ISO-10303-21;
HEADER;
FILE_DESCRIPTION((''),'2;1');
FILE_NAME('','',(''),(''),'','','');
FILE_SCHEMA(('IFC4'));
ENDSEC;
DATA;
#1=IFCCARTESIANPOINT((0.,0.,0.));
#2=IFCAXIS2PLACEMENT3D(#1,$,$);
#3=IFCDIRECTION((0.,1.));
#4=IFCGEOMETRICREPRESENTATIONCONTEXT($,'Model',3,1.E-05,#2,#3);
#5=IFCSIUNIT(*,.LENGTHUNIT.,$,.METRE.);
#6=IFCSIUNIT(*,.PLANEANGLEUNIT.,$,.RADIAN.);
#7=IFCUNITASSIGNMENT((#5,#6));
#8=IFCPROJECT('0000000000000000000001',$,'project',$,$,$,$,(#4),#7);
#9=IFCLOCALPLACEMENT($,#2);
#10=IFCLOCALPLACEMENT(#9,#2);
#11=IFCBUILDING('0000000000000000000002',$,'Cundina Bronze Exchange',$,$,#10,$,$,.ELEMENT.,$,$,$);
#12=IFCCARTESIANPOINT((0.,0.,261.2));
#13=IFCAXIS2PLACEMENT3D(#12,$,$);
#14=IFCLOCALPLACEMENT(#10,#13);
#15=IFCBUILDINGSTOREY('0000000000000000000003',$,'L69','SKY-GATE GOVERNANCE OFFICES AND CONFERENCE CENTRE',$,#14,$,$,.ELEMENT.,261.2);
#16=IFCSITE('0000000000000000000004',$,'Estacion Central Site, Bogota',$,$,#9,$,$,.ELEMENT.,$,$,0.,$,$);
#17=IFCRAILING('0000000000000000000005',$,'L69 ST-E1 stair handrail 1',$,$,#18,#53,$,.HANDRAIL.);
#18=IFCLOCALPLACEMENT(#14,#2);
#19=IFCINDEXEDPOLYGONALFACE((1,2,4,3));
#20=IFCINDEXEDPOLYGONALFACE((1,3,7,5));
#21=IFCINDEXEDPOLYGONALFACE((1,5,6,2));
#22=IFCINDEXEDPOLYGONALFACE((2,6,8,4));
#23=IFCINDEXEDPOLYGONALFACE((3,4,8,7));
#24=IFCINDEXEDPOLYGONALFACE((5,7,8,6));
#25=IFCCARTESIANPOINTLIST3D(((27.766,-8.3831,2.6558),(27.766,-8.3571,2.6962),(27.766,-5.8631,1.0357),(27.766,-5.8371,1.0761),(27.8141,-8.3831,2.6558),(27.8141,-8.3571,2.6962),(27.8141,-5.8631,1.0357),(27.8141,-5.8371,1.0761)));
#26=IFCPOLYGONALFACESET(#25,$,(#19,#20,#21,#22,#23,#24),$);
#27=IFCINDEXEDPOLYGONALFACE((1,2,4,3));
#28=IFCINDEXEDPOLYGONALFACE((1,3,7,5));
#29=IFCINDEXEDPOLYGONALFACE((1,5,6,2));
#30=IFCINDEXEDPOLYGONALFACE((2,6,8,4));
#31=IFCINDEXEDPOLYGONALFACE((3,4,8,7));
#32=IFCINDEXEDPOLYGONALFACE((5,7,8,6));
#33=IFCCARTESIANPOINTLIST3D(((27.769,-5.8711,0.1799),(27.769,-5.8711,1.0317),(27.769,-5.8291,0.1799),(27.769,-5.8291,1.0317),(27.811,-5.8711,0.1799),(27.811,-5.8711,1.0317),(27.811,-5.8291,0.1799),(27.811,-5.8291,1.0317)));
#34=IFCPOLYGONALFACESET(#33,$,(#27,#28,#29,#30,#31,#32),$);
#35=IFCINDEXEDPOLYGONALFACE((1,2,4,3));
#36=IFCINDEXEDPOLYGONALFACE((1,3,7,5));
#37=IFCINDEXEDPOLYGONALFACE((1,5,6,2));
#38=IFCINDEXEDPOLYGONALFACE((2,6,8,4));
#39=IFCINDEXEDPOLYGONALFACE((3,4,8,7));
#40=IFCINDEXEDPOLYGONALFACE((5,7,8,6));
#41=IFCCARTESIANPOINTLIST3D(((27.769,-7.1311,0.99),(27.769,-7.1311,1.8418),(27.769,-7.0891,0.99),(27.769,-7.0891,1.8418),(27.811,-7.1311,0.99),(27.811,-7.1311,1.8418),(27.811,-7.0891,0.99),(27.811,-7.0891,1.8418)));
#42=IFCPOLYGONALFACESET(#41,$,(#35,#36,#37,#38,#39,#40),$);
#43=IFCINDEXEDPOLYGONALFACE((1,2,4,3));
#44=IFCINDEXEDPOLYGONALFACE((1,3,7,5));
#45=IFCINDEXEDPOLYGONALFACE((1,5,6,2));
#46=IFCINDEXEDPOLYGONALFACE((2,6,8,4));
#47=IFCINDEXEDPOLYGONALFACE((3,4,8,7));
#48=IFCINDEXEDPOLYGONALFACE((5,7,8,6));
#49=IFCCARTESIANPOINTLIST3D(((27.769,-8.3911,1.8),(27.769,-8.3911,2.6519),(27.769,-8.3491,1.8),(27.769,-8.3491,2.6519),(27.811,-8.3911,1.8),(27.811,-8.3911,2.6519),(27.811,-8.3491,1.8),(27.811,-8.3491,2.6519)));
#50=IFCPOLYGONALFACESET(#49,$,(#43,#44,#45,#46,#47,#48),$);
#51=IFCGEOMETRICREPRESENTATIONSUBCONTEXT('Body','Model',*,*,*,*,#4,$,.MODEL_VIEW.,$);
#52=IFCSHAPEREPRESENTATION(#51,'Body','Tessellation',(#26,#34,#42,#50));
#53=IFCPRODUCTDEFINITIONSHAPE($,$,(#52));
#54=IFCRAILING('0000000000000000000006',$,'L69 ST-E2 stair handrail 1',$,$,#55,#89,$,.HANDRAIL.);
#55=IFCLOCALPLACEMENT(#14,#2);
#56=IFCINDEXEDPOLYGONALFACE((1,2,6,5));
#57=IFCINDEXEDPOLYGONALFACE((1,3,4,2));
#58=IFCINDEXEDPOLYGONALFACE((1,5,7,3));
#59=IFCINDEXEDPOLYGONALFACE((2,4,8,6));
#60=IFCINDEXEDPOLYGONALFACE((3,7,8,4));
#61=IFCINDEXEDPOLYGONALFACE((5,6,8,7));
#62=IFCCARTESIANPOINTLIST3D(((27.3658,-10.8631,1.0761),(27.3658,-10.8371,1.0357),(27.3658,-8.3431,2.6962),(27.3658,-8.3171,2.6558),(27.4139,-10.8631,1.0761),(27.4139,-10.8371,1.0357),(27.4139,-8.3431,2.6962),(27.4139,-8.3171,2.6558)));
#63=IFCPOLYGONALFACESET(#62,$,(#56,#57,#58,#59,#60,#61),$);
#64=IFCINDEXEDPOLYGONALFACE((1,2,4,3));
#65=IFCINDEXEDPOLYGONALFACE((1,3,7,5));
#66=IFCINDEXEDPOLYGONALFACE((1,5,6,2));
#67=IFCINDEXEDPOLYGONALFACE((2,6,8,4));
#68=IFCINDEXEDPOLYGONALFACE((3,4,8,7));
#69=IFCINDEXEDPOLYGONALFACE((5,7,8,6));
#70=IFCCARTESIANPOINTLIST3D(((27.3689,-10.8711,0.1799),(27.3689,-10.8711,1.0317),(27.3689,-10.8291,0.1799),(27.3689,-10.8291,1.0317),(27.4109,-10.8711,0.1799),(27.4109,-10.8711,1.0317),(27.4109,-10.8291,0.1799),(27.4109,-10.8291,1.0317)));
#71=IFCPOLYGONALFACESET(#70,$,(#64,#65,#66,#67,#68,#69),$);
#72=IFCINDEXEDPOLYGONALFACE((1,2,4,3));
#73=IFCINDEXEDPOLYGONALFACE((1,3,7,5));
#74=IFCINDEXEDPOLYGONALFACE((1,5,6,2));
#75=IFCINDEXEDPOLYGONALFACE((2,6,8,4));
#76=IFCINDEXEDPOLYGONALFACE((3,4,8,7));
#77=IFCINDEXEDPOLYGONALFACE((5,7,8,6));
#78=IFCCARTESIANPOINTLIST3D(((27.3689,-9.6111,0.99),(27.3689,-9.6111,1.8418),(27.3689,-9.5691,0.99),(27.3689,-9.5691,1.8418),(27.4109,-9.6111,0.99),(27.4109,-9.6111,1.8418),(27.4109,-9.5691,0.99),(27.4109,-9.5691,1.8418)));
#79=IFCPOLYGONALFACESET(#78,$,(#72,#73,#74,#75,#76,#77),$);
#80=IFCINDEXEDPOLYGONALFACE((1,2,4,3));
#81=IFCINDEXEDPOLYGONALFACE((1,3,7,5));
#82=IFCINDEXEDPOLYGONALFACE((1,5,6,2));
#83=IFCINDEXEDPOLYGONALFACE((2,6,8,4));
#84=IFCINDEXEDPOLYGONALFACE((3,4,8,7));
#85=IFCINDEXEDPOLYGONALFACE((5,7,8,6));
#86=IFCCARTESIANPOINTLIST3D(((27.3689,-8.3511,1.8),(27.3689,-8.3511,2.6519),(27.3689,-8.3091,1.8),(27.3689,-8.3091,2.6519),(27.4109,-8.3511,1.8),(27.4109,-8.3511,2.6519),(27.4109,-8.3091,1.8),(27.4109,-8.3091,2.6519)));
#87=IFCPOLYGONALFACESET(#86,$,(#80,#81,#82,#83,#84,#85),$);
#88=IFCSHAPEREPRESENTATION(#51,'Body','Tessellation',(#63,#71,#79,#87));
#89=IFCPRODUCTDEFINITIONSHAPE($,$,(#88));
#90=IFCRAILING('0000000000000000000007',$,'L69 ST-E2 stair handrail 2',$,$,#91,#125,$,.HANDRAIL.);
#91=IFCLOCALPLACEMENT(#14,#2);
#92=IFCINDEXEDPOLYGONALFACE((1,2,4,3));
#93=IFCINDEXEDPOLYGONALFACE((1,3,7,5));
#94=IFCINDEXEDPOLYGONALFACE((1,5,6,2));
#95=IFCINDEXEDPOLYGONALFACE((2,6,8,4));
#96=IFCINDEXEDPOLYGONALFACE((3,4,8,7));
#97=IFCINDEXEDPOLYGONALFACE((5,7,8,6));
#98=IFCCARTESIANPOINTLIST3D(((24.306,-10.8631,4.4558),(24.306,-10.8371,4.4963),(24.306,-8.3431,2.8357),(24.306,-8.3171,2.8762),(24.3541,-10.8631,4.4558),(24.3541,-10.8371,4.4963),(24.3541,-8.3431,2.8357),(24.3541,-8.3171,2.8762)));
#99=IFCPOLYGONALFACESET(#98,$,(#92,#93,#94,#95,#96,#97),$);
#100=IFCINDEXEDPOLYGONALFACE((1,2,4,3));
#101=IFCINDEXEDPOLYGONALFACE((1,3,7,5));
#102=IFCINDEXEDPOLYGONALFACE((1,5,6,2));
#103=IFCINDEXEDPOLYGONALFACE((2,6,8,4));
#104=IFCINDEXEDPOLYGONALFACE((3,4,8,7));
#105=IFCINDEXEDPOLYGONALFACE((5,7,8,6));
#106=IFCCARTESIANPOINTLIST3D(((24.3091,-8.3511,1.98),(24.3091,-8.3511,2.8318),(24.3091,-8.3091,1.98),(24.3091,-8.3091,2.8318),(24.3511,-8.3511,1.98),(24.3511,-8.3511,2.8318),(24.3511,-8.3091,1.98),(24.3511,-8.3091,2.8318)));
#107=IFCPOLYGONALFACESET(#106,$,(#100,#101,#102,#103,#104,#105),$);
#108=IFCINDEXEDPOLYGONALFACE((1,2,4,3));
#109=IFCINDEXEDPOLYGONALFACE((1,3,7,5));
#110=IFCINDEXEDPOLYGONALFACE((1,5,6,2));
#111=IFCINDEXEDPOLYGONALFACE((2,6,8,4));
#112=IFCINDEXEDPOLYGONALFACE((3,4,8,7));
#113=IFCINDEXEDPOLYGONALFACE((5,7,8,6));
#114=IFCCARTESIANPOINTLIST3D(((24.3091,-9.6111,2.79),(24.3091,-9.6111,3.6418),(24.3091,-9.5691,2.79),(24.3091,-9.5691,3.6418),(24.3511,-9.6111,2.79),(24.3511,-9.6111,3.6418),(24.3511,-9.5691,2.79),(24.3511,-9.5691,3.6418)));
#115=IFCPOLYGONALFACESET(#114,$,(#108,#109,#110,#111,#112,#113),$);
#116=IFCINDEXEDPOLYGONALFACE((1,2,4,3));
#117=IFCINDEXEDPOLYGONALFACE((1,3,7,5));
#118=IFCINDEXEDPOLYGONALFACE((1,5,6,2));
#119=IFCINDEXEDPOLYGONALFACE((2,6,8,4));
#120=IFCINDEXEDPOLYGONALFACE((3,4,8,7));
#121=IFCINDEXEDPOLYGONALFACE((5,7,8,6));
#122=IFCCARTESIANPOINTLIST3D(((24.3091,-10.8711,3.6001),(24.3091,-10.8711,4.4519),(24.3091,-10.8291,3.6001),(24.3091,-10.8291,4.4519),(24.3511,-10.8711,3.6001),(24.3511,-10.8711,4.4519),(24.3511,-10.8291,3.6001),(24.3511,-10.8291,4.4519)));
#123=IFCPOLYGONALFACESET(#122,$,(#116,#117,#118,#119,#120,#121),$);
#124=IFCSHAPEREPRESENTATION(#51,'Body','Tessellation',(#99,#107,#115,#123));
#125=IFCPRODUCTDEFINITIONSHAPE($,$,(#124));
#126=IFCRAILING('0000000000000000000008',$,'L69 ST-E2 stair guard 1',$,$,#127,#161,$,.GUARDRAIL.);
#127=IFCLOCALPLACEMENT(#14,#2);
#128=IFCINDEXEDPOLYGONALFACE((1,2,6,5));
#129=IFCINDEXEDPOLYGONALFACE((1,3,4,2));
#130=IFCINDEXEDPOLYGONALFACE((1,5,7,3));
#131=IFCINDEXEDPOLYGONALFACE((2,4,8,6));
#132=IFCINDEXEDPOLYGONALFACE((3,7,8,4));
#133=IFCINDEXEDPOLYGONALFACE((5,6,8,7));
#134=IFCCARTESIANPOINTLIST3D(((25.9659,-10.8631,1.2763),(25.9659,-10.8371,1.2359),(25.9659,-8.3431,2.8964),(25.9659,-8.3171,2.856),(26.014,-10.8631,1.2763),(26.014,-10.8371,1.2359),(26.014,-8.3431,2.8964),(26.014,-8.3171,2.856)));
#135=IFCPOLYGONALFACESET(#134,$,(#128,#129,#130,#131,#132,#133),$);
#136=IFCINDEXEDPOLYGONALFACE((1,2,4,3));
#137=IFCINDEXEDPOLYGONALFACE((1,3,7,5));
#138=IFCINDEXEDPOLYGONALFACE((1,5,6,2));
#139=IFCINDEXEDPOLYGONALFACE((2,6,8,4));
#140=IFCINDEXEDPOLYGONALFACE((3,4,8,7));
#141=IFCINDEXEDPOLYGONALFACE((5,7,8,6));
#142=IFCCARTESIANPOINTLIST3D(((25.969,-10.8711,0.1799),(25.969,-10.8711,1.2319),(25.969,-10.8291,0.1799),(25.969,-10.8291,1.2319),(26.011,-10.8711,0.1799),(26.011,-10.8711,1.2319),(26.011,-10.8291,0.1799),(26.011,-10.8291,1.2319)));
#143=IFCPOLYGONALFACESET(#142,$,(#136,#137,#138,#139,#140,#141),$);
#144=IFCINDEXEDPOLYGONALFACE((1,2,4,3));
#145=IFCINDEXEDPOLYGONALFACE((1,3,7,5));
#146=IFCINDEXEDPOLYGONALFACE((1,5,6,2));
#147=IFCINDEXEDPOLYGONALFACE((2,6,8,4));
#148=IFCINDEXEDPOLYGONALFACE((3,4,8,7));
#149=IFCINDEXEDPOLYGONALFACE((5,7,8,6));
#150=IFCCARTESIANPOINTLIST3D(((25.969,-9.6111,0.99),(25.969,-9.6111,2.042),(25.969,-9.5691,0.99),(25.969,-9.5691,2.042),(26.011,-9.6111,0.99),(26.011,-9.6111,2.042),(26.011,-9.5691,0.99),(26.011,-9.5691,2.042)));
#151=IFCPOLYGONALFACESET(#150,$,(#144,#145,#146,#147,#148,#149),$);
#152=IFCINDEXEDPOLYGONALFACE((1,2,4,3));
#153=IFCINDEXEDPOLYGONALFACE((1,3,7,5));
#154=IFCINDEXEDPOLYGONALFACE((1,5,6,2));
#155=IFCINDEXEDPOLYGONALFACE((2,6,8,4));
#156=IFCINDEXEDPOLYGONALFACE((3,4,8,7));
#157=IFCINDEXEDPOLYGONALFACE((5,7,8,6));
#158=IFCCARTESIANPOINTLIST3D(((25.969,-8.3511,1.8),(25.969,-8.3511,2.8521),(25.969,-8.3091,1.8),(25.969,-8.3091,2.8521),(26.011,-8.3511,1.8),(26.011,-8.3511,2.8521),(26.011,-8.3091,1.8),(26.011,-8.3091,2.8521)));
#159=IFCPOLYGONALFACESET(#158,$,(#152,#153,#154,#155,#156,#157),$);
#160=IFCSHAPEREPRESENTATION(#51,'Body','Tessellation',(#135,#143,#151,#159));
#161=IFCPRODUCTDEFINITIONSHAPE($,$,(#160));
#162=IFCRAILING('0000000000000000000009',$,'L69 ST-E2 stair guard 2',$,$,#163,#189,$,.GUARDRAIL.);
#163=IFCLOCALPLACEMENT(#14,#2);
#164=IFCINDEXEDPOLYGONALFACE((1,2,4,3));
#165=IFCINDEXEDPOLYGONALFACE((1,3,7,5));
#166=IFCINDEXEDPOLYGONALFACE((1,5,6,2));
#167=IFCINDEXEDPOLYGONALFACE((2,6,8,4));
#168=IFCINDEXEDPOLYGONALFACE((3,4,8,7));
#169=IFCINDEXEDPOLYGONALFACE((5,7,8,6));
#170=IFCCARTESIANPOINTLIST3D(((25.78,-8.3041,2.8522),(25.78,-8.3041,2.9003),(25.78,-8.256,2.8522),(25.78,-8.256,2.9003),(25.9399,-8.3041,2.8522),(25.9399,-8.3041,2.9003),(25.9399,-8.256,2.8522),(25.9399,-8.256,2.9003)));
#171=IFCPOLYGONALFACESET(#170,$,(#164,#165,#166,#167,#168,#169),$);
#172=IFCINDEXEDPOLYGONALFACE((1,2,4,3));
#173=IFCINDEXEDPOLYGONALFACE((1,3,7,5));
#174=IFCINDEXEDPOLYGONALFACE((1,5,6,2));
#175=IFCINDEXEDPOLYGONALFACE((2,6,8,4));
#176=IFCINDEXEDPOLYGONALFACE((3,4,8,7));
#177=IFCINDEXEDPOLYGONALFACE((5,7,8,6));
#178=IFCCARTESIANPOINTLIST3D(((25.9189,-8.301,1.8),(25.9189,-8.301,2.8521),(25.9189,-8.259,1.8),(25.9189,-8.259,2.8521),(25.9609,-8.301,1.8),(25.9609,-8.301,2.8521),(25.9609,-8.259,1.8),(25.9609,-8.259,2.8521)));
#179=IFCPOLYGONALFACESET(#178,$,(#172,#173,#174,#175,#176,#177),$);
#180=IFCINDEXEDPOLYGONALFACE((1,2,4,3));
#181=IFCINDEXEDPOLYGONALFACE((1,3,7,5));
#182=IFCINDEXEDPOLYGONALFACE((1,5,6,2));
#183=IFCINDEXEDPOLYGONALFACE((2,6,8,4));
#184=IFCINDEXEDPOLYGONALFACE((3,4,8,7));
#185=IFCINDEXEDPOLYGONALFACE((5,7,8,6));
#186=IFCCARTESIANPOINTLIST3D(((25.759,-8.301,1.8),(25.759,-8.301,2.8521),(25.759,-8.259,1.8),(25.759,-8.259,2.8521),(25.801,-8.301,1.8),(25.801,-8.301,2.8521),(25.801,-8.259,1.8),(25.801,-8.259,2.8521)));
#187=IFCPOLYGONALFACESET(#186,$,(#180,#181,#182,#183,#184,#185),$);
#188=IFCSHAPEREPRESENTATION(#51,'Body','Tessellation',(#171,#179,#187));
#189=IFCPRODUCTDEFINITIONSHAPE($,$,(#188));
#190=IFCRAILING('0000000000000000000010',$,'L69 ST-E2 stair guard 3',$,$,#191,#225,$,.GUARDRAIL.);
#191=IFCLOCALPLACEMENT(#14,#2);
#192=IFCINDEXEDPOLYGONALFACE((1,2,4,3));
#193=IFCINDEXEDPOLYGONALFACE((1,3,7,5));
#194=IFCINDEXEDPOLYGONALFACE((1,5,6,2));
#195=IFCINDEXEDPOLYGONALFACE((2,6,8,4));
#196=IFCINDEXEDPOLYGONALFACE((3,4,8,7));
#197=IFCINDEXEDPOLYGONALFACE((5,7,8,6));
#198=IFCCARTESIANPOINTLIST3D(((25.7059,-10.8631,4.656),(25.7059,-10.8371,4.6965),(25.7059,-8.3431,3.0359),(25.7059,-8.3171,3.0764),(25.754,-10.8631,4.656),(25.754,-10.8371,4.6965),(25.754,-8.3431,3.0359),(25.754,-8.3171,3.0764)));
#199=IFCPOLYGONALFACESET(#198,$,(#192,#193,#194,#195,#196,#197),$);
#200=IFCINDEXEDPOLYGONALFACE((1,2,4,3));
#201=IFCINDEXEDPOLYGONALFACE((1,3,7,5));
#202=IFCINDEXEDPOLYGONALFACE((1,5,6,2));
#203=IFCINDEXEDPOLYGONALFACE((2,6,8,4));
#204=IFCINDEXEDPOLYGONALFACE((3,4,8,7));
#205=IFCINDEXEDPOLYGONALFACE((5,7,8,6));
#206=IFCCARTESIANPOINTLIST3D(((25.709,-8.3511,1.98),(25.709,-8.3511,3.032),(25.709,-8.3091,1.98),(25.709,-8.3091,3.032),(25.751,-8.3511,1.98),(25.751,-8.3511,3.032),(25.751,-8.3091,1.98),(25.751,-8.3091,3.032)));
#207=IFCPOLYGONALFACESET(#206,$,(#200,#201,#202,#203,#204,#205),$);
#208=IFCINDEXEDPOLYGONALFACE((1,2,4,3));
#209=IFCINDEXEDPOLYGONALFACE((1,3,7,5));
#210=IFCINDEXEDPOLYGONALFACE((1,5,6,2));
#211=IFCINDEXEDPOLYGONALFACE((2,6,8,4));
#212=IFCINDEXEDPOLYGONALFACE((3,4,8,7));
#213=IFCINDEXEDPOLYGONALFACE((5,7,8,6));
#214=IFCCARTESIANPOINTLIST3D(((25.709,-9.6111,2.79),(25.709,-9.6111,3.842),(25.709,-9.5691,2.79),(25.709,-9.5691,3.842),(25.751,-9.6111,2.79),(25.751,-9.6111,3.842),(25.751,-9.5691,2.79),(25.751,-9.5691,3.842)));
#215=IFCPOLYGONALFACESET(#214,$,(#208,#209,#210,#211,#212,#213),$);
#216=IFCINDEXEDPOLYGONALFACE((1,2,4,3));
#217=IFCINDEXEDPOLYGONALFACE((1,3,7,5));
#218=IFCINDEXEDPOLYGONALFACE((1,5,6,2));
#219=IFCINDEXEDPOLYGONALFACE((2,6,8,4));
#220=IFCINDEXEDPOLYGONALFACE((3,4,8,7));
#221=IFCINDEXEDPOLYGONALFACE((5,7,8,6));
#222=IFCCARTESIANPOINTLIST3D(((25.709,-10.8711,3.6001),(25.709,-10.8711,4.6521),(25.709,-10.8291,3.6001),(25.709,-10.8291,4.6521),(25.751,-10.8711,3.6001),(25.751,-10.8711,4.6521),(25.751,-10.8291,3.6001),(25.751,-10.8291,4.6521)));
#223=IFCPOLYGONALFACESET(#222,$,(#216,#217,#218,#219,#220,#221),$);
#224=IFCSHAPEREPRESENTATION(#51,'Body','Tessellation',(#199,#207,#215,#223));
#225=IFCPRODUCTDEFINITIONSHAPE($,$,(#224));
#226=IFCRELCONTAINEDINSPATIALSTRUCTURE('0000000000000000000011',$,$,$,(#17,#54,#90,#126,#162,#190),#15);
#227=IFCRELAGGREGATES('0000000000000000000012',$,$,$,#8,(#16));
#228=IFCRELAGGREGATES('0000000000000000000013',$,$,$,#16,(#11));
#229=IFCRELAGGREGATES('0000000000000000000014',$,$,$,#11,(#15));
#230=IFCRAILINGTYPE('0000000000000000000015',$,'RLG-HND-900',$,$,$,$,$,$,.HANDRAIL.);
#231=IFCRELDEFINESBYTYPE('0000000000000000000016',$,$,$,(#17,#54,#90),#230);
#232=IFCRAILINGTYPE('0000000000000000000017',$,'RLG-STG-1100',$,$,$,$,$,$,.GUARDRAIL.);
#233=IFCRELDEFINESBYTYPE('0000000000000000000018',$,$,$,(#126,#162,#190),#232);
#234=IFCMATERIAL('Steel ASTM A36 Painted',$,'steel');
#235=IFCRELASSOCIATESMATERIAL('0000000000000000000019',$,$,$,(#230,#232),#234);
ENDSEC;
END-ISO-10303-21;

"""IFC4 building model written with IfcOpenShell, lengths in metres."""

from ifc_helpers import new_model, si_unit, direction, frame, origin, origin_2d, place, context, subcontext, project, spatial, rectangle, extrude, material, type_object, element, save


model = new_model("IFC4")

# Units and contexts
model_context = context("Model", 3, precision=1e-05, world=origin(), true_north=direction((0.0, 1.0)))
body_context = subcontext(model_context, "Body", "Model", "MODEL_VIEW")
ifc_project = project(units=[si_unit("LENGTHUNIT", "METRE"), si_unit("PLANEANGLEUNIT", "RADIAN")], contexts=[model_context])

# Site, building, storey
site_placement = place(None, origin())
site = spatial("IfcSite", under=ifc_project, at=site_placement, Name="Estacion Central Site, Bogota", CompositionType="ELEMENT", RefElevation=0.0)
building_placement = place(site_placement, origin())
building = spatial("IfcBuilding", under=site, at=building_placement, Name="Cundina Bronze Exchange", CompositionType="ELEMENT")
storey_placement = place(building_placement, frame((0.0, 0.0, 261.2)))
storey = spatial("IfcBuildingStorey", under=building, at=storey_placement, Name="L69", Description="SKY-GATE GOVERNANCE OFFICES AND CONFERENCE CENTRE", CompositionType="ELEMENT", Elevation=261.2)

# Shared definitions
ifc_material_1 = material(Name="Steel ASTM A36 Painted", Category="steel")

# Railings
railing_type_1 = type_object("IfcRailingType", Name="RLG-HND-900", PredefinedType="HANDRAIL", material=ifc_material_1)
railing_1_placement = place(storey_placement, frame((27.79, -5.8501, 0.1799)))
element("IfcRailing", 1, at=railing_1_placement, inside=storey, type_object=railing_type_1, Name="L69 ST-E1 stair handrail 1", PredefinedType="HANDRAIL", context=body_context, shape_type="SweptSolid", body=[
    extrude(rectangle(XDim=0.0481, YDim=0.0481, at=origin_2d()), frame((0.0, 0.0, 0.876), z_axis=(0.0, -0.841163, 0.540782), x_axis=(1.0, 0.0, 0.0)), (0.0, 0.0, 1.0), 2.9958),
    extrude(rectangle(XDim=0.042, YDim=0.042, at=origin_2d()), origin(), (0.0, 0.0, 1.0), 0.8518),
    extrude(rectangle(XDim=0.042, YDim=0.042, at=origin_2d()), frame((0.0, -1.26, 0.8101)), (0.0, 0.0, 1.0), 0.8518),
    extrude(rectangle(XDim=0.042, YDim=0.042, at=origin_2d()), frame((0.0, -2.52, 1.6201)), (0.0, 0.0, 1.0), 0.8518),
])
railing_2_placement = place(storey_placement, frame((27.3899, -10.8501, 0.1799)))
element("IfcRailing", 2, at=railing_2_placement, inside=storey, type_object=railing_type_1, Name="L69 ST-E2 stair handrail 1", PredefinedType="HANDRAIL", context=body_context, shape_type="SweptSolid", body=[
    extrude(rectangle(XDim=0.0481, YDim=0.0481, at=origin_2d()), frame((0.0, 0.0, 0.876), z_axis=(0.0, 0.841163, 0.540782), x_axis=(-1.0, 0.0, 0.0)), (0.0, 0.0, 1.0), 2.9958),
    extrude(rectangle(XDim=0.042, YDim=0.042, at=origin_2d()), origin(), (0.0, 0.0, 1.0), 0.8518),
    extrude(rectangle(XDim=0.042, YDim=0.042, at=origin_2d()), frame((0.0, 1.26, 0.8101)), (0.0, 0.0, 1.0), 0.8518),
    extrude(rectangle(XDim=0.042, YDim=0.042, at=origin_2d()), frame((0.0, 2.52, 1.6201)), (0.0, 0.0, 1.0), 0.8518),
])
railing_3_placement = place(storey_placement, frame((24.3301, -8.3301, 1.98)))
element("IfcRailing", 3, at=railing_3_placement, inside=storey, type_object=railing_type_1, Name="L69 ST-E2 stair handrail 2", PredefinedType="HANDRAIL", context=body_context, shape_type="SweptSolid", body=[
    extrude(rectangle(XDim=0.0481, YDim=0.0481, at=origin_2d()), frame((0.0, 0.0, 0.876), z_axis=(0.0, -0.841163, 0.540782), x_axis=(1.0, 0.0, 0.0)), (0.0, 0.0, 1.0), 2.9958),
    extrude(rectangle(XDim=0.042, YDim=0.042, at=origin_2d()), origin(), (0.0, 0.0, 1.0), 0.8518),
    extrude(rectangle(XDim=0.042, YDim=0.042, at=origin_2d()), frame((0.0, -1.26, 0.8101)), (0.0, 0.0, 1.0), 0.8518),
    extrude(rectangle(XDim=0.042, YDim=0.042, at=origin_2d()), frame((0.0, -2.52, 1.6201)), (0.0, 0.0, 1.0), 0.8518),
])
railing_type_2 = type_object("IfcRailingType", Name="RLG-STG-1100", PredefinedType="GUARDRAIL", material=ifc_material_1)
railing_4_placement = place(storey_placement, frame((25.99, -10.8501, 0.1799)))
element("IfcRailing", 4, at=railing_4_placement, inside=storey, type_object=railing_type_2, Name="L69 ST-E2 stair guard 1", PredefinedType="GUARDRAIL", context=body_context, shape_type="SweptSolid", body=[
    extrude(rectangle(XDim=0.0481, YDim=0.0481, at=origin_2d()), frame((0.0, 0.0, 1.0762), z_axis=(0.0, 0.841163, 0.540782), x_axis=(-1.0, 0.0, 0.0)), (0.0, 0.0, 1.0), 2.9958),
    extrude(rectangle(XDim=0.042, YDim=0.042, at=origin_2d()), origin(), (0.0, 0.0, 1.0), 1.052),
    extrude(rectangle(XDim=0.042, YDim=0.042, at=origin_2d()), frame((0.0, 1.26, 0.8101)), (0.0, 0.0, 1.0), 1.052),
    extrude(rectangle(XDim=0.042, YDim=0.042, at=origin_2d()), frame((0.0, 2.52, 1.6201)), (0.0, 0.0, 1.0), 1.052),
])
railing_5_placement = place(storey_placement, frame((25.9399, -8.28, 1.8)))
element("IfcRailing", 5, at=railing_5_placement, inside=storey, type_object=railing_type_2, Name="L69 ST-E2 stair guard 2", PredefinedType="GUARDRAIL", context=body_context, shape_type="SweptSolid", body=[
    extrude(rectangle(XDim=0.0481, YDim=0.0481, at=origin_2d()), frame((0.0, 0.0, 1.0762), z_axis=(-1.0, 0.0, 0.0), x_axis=(0.0, -1.0, 0.0)), (0.0, 0.0, 1.0), 0.1599),
    extrude(rectangle(XDim=0.042, YDim=0.042, at=origin_2d()), origin(), (0.0, 0.0, 1.0), 1.052),
    extrude(rectangle(XDim=0.042, YDim=0.042, at=origin_2d()), frame((-0.1599, 0.0, 0.0)), (0.0, 0.0, 1.0), 1.052),
])
railing_6_placement = place(storey_placement, frame((25.73, -8.3301, 1.98)))
element("IfcRailing", 6, at=railing_6_placement, inside=storey, type_object=railing_type_2, Name="L69 ST-E2 stair guard 3", PredefinedType="GUARDRAIL", context=body_context, shape_type="SweptSolid", body=[
    extrude(rectangle(XDim=0.0481, YDim=0.0481, at=origin_2d()), frame((0.0, 0.0, 1.0762), z_axis=(0.0, -0.841163, 0.540782), x_axis=(1.0, 0.0, 0.0)), (0.0, 0.0, 1.0), 2.9958),
    extrude(rectangle(XDim=0.042, YDim=0.042, at=origin_2d()), origin(), (0.0, 0.0, 1.0), 1.052),
    extrude(rectangle(XDim=0.042, YDim=0.042, at=origin_2d()), frame((0.0, -1.26, 0.8101)), (0.0, 0.0, 1.0), 1.052),
    extrude(rectangle(XDim=0.042, YDim=0.042, at=origin_2d()), frame((0.0, -2.52, 1.6201)), (0.0, 0.0, 1.0), 1.052),
])

save(model, "model.ifc")
